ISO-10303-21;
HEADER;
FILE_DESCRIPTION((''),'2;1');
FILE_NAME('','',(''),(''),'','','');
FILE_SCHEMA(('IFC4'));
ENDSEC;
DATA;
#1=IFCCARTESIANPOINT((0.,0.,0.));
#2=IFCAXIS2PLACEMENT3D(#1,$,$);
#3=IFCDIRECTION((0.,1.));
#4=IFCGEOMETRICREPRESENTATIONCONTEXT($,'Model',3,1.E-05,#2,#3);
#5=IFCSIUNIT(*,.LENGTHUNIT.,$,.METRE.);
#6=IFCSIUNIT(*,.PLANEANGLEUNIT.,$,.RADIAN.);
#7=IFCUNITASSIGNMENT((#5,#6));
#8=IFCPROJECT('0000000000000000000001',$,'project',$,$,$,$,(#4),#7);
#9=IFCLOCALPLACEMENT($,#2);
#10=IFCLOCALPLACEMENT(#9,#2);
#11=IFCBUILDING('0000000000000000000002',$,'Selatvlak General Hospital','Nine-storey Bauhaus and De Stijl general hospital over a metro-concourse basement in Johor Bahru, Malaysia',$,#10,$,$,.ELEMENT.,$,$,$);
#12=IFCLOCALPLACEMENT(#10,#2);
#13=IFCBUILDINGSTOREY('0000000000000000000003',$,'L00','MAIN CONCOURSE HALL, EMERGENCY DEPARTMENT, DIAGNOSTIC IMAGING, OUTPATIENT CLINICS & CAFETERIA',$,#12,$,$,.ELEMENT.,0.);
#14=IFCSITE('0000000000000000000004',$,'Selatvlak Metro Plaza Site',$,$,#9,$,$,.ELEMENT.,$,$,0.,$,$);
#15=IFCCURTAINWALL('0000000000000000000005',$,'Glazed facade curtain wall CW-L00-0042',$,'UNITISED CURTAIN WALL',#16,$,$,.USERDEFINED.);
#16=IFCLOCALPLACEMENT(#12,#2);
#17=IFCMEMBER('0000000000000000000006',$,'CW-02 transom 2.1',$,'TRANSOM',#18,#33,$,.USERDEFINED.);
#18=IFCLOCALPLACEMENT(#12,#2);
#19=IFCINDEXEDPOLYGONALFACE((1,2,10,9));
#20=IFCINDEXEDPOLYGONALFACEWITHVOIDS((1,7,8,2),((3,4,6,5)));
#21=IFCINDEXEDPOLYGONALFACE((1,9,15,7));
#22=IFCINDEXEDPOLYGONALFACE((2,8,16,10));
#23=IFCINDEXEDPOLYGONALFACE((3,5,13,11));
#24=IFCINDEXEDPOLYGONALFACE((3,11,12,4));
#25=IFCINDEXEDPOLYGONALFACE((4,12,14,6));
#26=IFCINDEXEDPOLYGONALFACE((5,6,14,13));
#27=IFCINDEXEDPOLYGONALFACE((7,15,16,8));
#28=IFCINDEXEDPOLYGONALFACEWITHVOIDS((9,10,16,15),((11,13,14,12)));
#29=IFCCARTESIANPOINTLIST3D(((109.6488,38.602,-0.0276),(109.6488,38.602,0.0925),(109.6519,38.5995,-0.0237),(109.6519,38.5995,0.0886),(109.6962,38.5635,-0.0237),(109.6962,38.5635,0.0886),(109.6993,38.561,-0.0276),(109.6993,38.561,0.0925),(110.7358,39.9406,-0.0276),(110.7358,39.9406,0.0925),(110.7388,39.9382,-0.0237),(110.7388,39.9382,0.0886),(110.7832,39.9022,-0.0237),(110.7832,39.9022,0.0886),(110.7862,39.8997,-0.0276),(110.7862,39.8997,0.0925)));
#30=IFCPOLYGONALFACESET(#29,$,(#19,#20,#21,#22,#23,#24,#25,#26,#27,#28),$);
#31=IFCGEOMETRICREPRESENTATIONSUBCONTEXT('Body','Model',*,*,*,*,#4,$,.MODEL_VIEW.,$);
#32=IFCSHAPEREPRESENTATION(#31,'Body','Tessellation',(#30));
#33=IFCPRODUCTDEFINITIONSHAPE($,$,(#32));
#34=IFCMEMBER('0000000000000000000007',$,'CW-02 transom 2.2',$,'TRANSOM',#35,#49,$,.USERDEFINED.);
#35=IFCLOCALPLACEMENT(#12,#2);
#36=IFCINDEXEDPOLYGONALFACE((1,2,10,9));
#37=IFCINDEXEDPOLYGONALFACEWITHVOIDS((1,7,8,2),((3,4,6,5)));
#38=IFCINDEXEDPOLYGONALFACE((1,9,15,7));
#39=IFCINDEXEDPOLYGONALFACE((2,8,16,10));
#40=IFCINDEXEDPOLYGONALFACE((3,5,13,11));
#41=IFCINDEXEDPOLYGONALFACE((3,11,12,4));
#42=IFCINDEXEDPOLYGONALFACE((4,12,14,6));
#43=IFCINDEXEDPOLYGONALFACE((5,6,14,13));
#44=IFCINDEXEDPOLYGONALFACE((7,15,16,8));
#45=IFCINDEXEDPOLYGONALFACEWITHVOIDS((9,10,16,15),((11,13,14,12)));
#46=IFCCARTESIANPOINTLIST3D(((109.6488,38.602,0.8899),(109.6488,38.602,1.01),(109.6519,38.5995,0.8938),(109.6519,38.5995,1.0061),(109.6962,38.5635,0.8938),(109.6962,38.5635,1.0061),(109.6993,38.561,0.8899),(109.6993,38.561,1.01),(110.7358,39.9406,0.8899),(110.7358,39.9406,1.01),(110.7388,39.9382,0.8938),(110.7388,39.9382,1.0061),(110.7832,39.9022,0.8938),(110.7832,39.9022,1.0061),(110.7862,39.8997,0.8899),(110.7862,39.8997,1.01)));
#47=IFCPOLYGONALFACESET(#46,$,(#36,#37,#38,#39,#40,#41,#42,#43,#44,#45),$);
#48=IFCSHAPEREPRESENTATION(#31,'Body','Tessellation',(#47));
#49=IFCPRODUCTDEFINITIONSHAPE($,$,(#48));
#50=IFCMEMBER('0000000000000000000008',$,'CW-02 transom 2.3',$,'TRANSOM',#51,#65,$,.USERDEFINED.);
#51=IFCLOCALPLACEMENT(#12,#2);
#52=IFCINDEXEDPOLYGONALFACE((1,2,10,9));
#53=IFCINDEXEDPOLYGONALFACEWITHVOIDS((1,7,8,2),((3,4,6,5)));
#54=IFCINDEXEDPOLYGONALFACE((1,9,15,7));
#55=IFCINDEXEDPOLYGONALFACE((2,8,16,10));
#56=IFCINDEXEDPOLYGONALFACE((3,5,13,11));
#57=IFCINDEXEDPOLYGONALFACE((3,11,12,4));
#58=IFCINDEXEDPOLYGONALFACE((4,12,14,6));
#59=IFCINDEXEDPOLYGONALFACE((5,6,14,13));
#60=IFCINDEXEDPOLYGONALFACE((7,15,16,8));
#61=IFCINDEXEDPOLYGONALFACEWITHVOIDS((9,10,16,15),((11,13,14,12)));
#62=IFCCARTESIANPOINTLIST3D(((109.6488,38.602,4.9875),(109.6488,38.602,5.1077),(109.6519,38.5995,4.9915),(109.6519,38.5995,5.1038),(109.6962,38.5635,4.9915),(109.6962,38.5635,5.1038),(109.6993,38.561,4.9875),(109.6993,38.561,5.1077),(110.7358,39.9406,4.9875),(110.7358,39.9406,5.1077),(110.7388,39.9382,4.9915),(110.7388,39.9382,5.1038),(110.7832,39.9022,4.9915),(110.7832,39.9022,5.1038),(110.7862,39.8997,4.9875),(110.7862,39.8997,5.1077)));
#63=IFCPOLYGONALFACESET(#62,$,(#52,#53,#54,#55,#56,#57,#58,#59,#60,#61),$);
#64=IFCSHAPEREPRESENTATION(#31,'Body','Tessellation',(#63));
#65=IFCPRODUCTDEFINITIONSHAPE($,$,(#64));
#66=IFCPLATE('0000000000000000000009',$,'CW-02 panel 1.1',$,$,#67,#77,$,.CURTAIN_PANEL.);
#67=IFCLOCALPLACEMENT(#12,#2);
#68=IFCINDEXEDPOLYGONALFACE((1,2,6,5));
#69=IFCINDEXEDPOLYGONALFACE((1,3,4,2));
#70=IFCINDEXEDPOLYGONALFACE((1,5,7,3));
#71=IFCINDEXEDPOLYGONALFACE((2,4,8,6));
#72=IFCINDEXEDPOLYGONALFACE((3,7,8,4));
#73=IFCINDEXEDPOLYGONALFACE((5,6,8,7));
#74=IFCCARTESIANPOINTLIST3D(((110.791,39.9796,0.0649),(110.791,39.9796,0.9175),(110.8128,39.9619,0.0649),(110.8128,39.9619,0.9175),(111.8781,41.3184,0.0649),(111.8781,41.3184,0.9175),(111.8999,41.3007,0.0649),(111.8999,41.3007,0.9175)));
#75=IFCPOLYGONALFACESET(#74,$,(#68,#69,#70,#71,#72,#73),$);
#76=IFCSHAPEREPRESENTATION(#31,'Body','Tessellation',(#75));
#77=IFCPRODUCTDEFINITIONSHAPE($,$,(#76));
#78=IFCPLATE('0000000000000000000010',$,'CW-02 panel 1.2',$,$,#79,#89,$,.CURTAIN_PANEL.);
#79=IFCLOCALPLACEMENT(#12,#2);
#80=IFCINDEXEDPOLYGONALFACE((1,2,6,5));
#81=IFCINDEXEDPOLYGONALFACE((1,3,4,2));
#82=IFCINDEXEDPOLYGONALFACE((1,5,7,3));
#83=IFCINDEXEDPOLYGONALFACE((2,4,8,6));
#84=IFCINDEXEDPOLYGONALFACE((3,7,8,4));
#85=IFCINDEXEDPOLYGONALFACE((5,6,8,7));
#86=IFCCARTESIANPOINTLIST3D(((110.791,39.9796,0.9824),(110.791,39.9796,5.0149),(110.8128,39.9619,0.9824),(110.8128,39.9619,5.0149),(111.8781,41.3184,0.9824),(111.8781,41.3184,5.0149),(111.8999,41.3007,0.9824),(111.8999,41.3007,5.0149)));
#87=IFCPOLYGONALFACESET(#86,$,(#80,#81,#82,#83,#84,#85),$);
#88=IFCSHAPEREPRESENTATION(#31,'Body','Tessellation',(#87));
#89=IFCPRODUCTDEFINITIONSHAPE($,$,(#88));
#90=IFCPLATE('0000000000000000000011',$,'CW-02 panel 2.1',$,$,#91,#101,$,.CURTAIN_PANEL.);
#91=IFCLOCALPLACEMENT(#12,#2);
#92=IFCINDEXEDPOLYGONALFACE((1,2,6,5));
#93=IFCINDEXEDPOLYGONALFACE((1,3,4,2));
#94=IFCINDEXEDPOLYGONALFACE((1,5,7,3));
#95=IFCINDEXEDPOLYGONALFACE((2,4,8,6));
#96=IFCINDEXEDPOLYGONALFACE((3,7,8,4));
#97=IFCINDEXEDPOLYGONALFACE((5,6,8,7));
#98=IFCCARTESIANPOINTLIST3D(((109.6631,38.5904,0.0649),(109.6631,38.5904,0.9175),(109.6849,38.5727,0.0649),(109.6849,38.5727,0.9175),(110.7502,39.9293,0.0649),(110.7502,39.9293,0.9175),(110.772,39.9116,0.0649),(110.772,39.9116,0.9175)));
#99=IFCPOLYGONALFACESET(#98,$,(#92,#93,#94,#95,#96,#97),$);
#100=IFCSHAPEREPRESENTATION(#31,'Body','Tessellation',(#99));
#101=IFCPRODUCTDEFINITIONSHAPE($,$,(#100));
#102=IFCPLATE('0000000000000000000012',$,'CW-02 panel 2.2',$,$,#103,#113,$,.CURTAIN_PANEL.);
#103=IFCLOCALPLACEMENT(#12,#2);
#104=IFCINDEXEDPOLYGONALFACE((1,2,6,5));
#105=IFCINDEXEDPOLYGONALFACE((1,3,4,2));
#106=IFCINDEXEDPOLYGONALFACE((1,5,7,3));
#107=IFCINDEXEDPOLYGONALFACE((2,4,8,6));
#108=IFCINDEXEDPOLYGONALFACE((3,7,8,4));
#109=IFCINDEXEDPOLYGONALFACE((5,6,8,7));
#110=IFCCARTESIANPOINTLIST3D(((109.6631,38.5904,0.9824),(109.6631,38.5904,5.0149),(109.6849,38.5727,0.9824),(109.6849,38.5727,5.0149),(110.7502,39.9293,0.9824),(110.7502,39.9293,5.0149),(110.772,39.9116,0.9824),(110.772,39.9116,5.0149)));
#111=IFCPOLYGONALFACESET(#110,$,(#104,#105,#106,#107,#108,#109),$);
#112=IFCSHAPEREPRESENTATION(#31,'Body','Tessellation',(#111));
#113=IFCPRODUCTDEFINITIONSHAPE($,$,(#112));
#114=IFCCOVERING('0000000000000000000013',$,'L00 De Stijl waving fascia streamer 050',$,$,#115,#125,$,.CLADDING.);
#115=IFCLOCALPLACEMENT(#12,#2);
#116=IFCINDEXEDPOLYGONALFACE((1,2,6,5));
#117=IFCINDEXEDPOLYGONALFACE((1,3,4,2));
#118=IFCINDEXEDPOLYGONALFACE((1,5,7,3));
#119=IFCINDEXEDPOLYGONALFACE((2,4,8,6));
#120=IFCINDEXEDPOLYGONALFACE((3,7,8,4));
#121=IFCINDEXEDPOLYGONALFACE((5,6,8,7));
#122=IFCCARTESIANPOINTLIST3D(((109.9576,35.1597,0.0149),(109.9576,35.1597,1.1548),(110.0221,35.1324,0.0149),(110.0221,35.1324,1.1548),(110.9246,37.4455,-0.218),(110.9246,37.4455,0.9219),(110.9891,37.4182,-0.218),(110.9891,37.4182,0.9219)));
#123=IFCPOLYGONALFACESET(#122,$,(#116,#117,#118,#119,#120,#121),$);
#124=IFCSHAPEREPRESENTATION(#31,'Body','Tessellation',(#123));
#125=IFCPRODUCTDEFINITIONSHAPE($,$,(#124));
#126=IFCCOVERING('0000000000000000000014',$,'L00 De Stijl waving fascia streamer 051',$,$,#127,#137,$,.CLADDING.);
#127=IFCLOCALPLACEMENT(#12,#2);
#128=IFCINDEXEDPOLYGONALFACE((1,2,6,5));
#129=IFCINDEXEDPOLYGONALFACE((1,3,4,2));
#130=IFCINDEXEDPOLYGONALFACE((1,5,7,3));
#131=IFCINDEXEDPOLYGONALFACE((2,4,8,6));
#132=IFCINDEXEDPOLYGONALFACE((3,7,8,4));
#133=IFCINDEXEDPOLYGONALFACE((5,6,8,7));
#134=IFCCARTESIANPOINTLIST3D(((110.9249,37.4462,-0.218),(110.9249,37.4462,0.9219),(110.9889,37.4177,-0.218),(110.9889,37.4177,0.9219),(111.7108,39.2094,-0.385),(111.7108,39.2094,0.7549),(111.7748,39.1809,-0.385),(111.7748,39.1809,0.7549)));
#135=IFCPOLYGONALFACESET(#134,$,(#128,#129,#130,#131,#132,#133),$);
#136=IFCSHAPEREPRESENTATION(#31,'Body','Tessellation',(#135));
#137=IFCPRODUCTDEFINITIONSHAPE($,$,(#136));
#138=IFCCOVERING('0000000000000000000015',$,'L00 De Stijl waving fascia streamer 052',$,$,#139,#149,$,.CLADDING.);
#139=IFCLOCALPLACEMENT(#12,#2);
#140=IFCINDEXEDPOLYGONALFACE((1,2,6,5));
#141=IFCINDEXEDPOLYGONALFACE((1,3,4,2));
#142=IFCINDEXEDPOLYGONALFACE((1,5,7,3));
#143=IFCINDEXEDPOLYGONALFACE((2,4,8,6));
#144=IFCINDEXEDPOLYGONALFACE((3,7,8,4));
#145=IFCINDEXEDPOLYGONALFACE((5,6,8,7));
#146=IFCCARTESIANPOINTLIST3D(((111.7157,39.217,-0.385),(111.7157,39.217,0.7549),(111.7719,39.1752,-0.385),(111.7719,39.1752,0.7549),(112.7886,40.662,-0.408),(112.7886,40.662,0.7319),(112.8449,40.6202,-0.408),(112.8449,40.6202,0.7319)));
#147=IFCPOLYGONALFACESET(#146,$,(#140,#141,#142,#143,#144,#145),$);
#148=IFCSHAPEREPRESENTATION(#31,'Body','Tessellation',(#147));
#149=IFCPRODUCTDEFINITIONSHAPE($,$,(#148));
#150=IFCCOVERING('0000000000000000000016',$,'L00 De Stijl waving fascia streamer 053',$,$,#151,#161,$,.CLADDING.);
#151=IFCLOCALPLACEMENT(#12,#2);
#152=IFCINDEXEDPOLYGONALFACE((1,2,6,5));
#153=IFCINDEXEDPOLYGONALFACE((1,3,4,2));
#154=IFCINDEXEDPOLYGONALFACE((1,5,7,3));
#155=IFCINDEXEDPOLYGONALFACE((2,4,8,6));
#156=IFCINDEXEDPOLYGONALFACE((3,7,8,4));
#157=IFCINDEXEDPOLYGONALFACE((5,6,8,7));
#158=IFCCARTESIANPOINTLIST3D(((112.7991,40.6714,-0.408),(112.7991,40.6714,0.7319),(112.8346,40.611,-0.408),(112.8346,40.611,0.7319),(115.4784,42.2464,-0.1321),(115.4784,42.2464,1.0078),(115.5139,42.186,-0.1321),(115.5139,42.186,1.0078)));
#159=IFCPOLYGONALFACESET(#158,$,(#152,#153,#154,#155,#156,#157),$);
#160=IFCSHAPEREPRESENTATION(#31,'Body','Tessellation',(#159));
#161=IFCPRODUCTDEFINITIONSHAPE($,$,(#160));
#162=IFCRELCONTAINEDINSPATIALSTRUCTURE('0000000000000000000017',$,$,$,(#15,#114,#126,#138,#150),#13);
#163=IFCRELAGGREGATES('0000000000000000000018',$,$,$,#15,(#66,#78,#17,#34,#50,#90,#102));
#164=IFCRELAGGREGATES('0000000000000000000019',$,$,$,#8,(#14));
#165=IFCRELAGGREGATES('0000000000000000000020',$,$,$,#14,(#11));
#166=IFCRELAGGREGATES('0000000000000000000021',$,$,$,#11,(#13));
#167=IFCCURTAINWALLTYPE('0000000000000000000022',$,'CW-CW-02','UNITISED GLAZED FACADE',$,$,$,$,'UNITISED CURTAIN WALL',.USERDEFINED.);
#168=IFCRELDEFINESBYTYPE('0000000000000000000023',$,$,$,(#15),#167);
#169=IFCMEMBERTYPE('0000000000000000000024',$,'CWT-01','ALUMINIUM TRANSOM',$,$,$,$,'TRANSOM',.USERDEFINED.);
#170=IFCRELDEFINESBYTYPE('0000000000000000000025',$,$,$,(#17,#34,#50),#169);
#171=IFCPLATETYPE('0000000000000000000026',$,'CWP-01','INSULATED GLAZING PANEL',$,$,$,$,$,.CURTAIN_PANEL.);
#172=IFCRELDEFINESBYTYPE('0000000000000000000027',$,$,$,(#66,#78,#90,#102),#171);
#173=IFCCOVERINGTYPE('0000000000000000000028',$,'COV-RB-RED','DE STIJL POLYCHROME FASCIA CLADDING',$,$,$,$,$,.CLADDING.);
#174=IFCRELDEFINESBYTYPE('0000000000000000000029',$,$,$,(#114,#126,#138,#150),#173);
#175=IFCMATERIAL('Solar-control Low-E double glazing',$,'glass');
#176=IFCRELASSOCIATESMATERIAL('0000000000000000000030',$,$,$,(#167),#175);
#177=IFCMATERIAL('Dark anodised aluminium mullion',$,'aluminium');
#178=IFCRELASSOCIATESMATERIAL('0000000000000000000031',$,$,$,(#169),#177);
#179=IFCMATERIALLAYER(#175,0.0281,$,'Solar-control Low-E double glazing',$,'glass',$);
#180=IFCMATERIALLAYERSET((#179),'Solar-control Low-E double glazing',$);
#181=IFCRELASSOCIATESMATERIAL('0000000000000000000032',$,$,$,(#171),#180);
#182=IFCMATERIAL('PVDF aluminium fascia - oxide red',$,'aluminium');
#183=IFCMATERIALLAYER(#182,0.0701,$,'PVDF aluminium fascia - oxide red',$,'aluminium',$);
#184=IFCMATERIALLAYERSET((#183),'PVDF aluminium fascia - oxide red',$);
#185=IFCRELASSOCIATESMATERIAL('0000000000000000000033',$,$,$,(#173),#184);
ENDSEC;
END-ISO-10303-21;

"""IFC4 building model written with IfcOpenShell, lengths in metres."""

from ifc_helpers import new_model, si_unit, direction, frame, origin, origin_2d, place, context, subcontext, project, spatial, polyline, rectangle, hollow_rectangle, outline, extrude, material, layer, layer_set, material_profile, profile_set, type_object, element, aggregate, save


model = new_model("IFC4")

# Units and contexts
model_context = context("Model", 3, precision=1e-05, world=origin(), true_north=direction((0.0, 1.0)))
body_context = subcontext(model_context, "Body", "Model", "MODEL_VIEW")
ifc_project = project(units=[si_unit("LENGTHUNIT", "METRE"), si_unit("PLANEANGLEUNIT", "RADIAN")], contexts=[model_context])

# Site, building, storey
site_placement = place(None, origin())
site = spatial("IfcSite", under=ifc_project, at=site_placement, Name="Selatvlak Metro Plaza Site", CompositionType="ELEMENT", RefElevation=0.0)
building_placement = place(site_placement, origin())
building = spatial("IfcBuilding", under=site, at=building_placement, Name="Selatvlak General Hospital", Description="Nine-storey Bauhaus and De Stijl general hospital over a metro-concourse basement in Johor Bahru, Malaysia", CompositionType="ELEMENT")
storey_placement = place(building_placement, origin())
storey = spatial("IfcBuildingStorey", under=building, at=storey_placement, Name="L00", Description="MAIN CONCOURSE HALL, EMERGENCY DEPARTMENT, DIAGNOSTIC IMAGING, OUTPATIENT CLINICS & CAFETERIA", CompositionType="ELEMENT", Elevation=0.0)

# Shared definitions
ifc_material_1 = material(Name="Solar-control Low-E double glazing", Category="glass")
ifc_material_2 = material(Name="Dark anodised aluminium mullion", Category="aluminium")

# Curtain wall
curtain_wall_type_1 = type_object("IfcCurtainWallType", Name="CW-CW-02", Description="UNITISED GLAZED FACADE", ElementType="UNITISED CURTAIN WALL", PredefinedType="USERDEFINED", material=ifc_material_1)
curtain_wall_1_placement = place(storey_placement, origin())
curtain_wall_1 = element("IfcCurtainWall", 1, at=curtain_wall_1_placement, inside=storey, type_object=curtain_wall_type_1, Name="Glazed facade curtain wall CW-L00-0042", ObjectType="UNITISED CURTAIN WALL", PredefinedType="USERDEFINED")

# Members
ifc_material_profile_1 = material_profile(ifc_material_2, hollow_rectangle(XDim=0.0649, YDim=0.1201, WallThickness=0.0039, at=origin_2d()), Name="AL-TRN 65x120x4")
ifc_profile_set_1 = profile_set([ifc_material_profile_1], Name="Dark anodised aluminium mullion")
member_type_1 = type_object("IfcMemberType", Name="CWT-01", Description="ALUMINIUM TRANSOM", ElementType="TRANSOM", PredefinedType="USERDEFINED", material=ifc_profile_set_1)
member_1_placement = place(storey_placement, frame((110.761, 39.9202, 0.0325), z_axis=(-0.630342, -0.776318, 0.0), x_axis=(0.776318, -0.630342, 0.0)))
member_1 = element("IfcMember", 2, at=member_1_placement, type_object=member_type_1, Name="CW-02 transom 2.1", ObjectType="TRANSOM", PredefinedType="USERDEFINED", context=body_context, shape_type="SweptSolid", body=[
    extrude(hollow_rectangle(XDim=0.0649, YDim=0.1201, WallThickness=0.0039, at=origin_2d()), origin(), (0.0, 0.0, 1.0), 1.7244),
])
member_2_placement = place(storey_placement, frame((110.761, 39.9202, 0.95), z_axis=(-0.630342, -0.776318, 0.0), x_axis=(0.776318, -0.630342, 0.0)))
member_2 = element("IfcMember", 3, at=member_2_placement, type_object=member_type_1, Name="CW-02 transom 2.2", ObjectType="TRANSOM", PredefinedType="USERDEFINED", context=body_context, shape_type="SweptSolid", body=[
    extrude(hollow_rectangle(XDim=0.0649, YDim=0.1201, WallThickness=0.0039, at=origin_2d()), origin(), (0.0, 0.0, 1.0), 1.7244),
])
member_3_placement = place(storey_placement, frame((110.761, 39.9202, 5.0476), z_axis=(-0.630342, -0.776318, 0.0), x_axis=(0.776318, -0.630342, 0.0)))
member_3 = element("IfcMember", 4, at=member_3_placement, type_object=member_type_1, Name="CW-02 transom 2.3", ObjectType="TRANSOM", PredefinedType="USERDEFINED", context=body_context, shape_type="SweptSolid", body=[
    extrude(hollow_rectangle(XDim=0.0649, YDim=0.1201, WallThickness=0.0039, at=origin_2d()), origin(), (0.0, 0.0, 1.0), 1.7244),
])

# Plates
ifc_layer_1 = layer(ifc_material_1, 0.0281, Name="Solar-control Low-E double glazing", Category="glass")
ifc_layer_set_1 = layer_set([ifc_layer_1], Name="Solar-control Low-E double glazing")
plate_type = type_object("IfcPlateType", Name="CWP-01", Description="INSULATED GLAZING PANEL", PredefinedType="CURTAIN_PANEL", material=ifc_layer_set_1)
plate_1_placement = place(storey_placement, frame((111.3455, 40.6401, 0.0649), z_axis=(0.0, 0.0, 1.0), x_axis=(-0.630334, -0.776324, 0.0)))
plate_1 = element("IfcPlate", 5, at=plate_1_placement, type_object=plate_type, Name="CW-02 panel 1.1", PredefinedType="CURTAIN_PANEL", context=body_context, shape_type="SweptSolid", body=[
    extrude(rectangle(XDim=1.7246, YDim=0.0281, at=origin_2d()), origin(), (0.0, 0.0, 1.0), 0.8525),
])
plate_2_placement = place(storey_placement, frame((111.3455, 40.6401, 0.9824), z_axis=(0.0, 0.0, 1.0), x_axis=(-0.630334, -0.776324, 0.0)))
plate_2 = element("IfcPlate", 6, at=plate_2_placement, type_object=plate_type, Name="CW-02 panel 1.2", PredefinedType="CURTAIN_PANEL", context=body_context, shape_type="SweptSolid", body=[
    extrude(rectangle(XDim=1.7246, YDim=0.0281, at=origin_2d()), origin(), (0.0, 0.0, 1.0), 4.0325),
])
plate_3_placement = place(storey_placement, frame((110.2175, 39.251, 0.0649), z_axis=(0.0, 0.0, 1.0), x_axis=(-0.630334, -0.776324, 0.0)))
plate_3 = element("IfcPlate", 7, at=plate_3_placement, type_object=plate_type, Name="CW-02 panel 2.1", PredefinedType="CURTAIN_PANEL", context=body_context, shape_type="SweptSolid", body=[
    extrude(rectangle(XDim=1.7246, YDim=0.0281, at=origin_2d()), origin(), (0.0, 0.0, 1.0), 0.8525),
])
plate_4_placement = place(storey_placement, frame((110.2175, 39.251, 0.9824), z_axis=(0.0, 0.0, 1.0), x_axis=(-0.630334, -0.776324, 0.0)))
plate_4 = element("IfcPlate", 8, at=plate_4_placement, type_object=plate_type, Name="CW-02 panel 2.2", PredefinedType="CURTAIN_PANEL", context=body_context, shape_type="SweptSolid", body=[
    extrude(rectangle(XDim=1.7246, YDim=0.0281, at=origin_2d()), origin(), (0.0, 0.0, 1.0), 4.0325),
])
aggregate(curtain_wall_1, [plate_1, plate_2, member_1, member_2, member_3, plate_3, plate_4])

# Coverings
ifc_material_3 = material(Name="PVDF aluminium fascia - oxide red", Category="aluminium")
ifc_layer_2 = layer(ifc_material_3, 0.0701, Name="PVDF aluminium fascia - oxide red", Category="aluminium")
ifc_layer_set_2 = layer_set([ifc_layer_2], Name="PVDF aluminium fascia - oxide red")
covering_type = type_object("IfcCoveringType", Name="COV-RB-RED", Description="DE STIJL POLYCHROME FASCIA CLADDING", PredefinedType="CLADDING", material=ifc_layer_set_2)
covering_1_placement = place(storey_placement, frame((109.99, 35.146, 0.0149), z_axis=(0.0, 0.0, 1.0), x_axis=(0.389618, 0.920977, 0.0)))
element("IfcCovering", 9, at=covering_1_placement, inside=storey, type_object=covering_type, Name="L00 De Stijl waving fascia streamer 050", PredefinedType="CLADDING", context=body_context, shape_type="SweptSolid", body=[
    extrude(outline(polyline([(0.0, 0.0), (2.4819, -0.2329), (2.4819, 0.907), (0.0, 1.1399), (0.0, 0.0)])), frame((0.0, 0.0352, 0.0), z_axis=(0.0, -1.0, 0.0), x_axis=(1.0, 0.0, 0.0)), (0.0, 0.0, 1.0), 0.0701),
])
covering_2_placement = place(storey_placement, frame((110.957, 37.4319, -0.218), z_axis=(0.0, 0.0, 1.0), x_axis=(0.407112, 0.913378, 0.0)))
element("IfcCovering", 10, at=covering_2_placement, inside=storey, type_object=covering_type, Name="L00 De Stijl waving fascia streamer 051", PredefinedType="CLADDING", context=body_context, shape_type="SweptSolid", body=[
    extrude(outline(polyline([(0.0, 0.0), (1.9304, -0.167), (1.9304, 0.9729), (0.0, 1.1399), (0.0, 0.0)])), frame((0.0, 0.0352, 0.0), z_axis=(0.0, -1.0, 0.0), x_axis=(1.0, 0.0, 0.0)), (0.0, 0.0, 1.0), 0.0701),
])
covering_3_placement = place(storey_placement, frame((111.7439, 39.196, -0.385), z_axis=(0.0, 0.0, 1.0), x_axis=(0.596152, 0.802872, 0.0)))
element("IfcCovering", 11, at=covering_3_placement, inside=storey, type_object=covering_type, Name="L00 De Stijl waving fascia streamer 052", PredefinedType="CLADDING", context=body_context, shape_type="SweptSolid", body=[
    extrude(outline(polyline([(0.0, 0.0), (1.7998, -0.0229), (1.7998, 1.1169), (0.0, 1.1399), (0.0, 0.0)])), frame((0.0, 0.0352, 0.0), z_axis=(0.0, -1.0, 0.0), x_axis=(1.0, 0.0, 0.0)), (0.0, 0.0, 1.0), 0.0701),
])
covering_4_placement = place(storey_placement, frame((112.8169, 40.6411, -0.408), z_axis=(0.0, 0.0, 1.0), x_axis=(0.862082, 0.506769, 0.0)))
element("IfcCovering", 12, at=covering_4_placement, inside=storey, type_object=covering_type, Name="L00 De Stijl waving fascia streamer 053", PredefinedType="CLADDING", context=body_context, shape_type="SweptSolid", body=[
    extrude(outline(polyline([(0.0, 0.0), (3.1079, 0.2759), (3.1079, 1.4158), (0.0, 1.1399), (0.0, 0.0)])), frame((0.0, 0.0352, 0.0), z_axis=(0.0, -1.0, 0.0), x_axis=(1.0, 0.0, 0.0)), (0.0, 0.0, 1.0), 0.0701),
])

save(model, "model.ifc")
